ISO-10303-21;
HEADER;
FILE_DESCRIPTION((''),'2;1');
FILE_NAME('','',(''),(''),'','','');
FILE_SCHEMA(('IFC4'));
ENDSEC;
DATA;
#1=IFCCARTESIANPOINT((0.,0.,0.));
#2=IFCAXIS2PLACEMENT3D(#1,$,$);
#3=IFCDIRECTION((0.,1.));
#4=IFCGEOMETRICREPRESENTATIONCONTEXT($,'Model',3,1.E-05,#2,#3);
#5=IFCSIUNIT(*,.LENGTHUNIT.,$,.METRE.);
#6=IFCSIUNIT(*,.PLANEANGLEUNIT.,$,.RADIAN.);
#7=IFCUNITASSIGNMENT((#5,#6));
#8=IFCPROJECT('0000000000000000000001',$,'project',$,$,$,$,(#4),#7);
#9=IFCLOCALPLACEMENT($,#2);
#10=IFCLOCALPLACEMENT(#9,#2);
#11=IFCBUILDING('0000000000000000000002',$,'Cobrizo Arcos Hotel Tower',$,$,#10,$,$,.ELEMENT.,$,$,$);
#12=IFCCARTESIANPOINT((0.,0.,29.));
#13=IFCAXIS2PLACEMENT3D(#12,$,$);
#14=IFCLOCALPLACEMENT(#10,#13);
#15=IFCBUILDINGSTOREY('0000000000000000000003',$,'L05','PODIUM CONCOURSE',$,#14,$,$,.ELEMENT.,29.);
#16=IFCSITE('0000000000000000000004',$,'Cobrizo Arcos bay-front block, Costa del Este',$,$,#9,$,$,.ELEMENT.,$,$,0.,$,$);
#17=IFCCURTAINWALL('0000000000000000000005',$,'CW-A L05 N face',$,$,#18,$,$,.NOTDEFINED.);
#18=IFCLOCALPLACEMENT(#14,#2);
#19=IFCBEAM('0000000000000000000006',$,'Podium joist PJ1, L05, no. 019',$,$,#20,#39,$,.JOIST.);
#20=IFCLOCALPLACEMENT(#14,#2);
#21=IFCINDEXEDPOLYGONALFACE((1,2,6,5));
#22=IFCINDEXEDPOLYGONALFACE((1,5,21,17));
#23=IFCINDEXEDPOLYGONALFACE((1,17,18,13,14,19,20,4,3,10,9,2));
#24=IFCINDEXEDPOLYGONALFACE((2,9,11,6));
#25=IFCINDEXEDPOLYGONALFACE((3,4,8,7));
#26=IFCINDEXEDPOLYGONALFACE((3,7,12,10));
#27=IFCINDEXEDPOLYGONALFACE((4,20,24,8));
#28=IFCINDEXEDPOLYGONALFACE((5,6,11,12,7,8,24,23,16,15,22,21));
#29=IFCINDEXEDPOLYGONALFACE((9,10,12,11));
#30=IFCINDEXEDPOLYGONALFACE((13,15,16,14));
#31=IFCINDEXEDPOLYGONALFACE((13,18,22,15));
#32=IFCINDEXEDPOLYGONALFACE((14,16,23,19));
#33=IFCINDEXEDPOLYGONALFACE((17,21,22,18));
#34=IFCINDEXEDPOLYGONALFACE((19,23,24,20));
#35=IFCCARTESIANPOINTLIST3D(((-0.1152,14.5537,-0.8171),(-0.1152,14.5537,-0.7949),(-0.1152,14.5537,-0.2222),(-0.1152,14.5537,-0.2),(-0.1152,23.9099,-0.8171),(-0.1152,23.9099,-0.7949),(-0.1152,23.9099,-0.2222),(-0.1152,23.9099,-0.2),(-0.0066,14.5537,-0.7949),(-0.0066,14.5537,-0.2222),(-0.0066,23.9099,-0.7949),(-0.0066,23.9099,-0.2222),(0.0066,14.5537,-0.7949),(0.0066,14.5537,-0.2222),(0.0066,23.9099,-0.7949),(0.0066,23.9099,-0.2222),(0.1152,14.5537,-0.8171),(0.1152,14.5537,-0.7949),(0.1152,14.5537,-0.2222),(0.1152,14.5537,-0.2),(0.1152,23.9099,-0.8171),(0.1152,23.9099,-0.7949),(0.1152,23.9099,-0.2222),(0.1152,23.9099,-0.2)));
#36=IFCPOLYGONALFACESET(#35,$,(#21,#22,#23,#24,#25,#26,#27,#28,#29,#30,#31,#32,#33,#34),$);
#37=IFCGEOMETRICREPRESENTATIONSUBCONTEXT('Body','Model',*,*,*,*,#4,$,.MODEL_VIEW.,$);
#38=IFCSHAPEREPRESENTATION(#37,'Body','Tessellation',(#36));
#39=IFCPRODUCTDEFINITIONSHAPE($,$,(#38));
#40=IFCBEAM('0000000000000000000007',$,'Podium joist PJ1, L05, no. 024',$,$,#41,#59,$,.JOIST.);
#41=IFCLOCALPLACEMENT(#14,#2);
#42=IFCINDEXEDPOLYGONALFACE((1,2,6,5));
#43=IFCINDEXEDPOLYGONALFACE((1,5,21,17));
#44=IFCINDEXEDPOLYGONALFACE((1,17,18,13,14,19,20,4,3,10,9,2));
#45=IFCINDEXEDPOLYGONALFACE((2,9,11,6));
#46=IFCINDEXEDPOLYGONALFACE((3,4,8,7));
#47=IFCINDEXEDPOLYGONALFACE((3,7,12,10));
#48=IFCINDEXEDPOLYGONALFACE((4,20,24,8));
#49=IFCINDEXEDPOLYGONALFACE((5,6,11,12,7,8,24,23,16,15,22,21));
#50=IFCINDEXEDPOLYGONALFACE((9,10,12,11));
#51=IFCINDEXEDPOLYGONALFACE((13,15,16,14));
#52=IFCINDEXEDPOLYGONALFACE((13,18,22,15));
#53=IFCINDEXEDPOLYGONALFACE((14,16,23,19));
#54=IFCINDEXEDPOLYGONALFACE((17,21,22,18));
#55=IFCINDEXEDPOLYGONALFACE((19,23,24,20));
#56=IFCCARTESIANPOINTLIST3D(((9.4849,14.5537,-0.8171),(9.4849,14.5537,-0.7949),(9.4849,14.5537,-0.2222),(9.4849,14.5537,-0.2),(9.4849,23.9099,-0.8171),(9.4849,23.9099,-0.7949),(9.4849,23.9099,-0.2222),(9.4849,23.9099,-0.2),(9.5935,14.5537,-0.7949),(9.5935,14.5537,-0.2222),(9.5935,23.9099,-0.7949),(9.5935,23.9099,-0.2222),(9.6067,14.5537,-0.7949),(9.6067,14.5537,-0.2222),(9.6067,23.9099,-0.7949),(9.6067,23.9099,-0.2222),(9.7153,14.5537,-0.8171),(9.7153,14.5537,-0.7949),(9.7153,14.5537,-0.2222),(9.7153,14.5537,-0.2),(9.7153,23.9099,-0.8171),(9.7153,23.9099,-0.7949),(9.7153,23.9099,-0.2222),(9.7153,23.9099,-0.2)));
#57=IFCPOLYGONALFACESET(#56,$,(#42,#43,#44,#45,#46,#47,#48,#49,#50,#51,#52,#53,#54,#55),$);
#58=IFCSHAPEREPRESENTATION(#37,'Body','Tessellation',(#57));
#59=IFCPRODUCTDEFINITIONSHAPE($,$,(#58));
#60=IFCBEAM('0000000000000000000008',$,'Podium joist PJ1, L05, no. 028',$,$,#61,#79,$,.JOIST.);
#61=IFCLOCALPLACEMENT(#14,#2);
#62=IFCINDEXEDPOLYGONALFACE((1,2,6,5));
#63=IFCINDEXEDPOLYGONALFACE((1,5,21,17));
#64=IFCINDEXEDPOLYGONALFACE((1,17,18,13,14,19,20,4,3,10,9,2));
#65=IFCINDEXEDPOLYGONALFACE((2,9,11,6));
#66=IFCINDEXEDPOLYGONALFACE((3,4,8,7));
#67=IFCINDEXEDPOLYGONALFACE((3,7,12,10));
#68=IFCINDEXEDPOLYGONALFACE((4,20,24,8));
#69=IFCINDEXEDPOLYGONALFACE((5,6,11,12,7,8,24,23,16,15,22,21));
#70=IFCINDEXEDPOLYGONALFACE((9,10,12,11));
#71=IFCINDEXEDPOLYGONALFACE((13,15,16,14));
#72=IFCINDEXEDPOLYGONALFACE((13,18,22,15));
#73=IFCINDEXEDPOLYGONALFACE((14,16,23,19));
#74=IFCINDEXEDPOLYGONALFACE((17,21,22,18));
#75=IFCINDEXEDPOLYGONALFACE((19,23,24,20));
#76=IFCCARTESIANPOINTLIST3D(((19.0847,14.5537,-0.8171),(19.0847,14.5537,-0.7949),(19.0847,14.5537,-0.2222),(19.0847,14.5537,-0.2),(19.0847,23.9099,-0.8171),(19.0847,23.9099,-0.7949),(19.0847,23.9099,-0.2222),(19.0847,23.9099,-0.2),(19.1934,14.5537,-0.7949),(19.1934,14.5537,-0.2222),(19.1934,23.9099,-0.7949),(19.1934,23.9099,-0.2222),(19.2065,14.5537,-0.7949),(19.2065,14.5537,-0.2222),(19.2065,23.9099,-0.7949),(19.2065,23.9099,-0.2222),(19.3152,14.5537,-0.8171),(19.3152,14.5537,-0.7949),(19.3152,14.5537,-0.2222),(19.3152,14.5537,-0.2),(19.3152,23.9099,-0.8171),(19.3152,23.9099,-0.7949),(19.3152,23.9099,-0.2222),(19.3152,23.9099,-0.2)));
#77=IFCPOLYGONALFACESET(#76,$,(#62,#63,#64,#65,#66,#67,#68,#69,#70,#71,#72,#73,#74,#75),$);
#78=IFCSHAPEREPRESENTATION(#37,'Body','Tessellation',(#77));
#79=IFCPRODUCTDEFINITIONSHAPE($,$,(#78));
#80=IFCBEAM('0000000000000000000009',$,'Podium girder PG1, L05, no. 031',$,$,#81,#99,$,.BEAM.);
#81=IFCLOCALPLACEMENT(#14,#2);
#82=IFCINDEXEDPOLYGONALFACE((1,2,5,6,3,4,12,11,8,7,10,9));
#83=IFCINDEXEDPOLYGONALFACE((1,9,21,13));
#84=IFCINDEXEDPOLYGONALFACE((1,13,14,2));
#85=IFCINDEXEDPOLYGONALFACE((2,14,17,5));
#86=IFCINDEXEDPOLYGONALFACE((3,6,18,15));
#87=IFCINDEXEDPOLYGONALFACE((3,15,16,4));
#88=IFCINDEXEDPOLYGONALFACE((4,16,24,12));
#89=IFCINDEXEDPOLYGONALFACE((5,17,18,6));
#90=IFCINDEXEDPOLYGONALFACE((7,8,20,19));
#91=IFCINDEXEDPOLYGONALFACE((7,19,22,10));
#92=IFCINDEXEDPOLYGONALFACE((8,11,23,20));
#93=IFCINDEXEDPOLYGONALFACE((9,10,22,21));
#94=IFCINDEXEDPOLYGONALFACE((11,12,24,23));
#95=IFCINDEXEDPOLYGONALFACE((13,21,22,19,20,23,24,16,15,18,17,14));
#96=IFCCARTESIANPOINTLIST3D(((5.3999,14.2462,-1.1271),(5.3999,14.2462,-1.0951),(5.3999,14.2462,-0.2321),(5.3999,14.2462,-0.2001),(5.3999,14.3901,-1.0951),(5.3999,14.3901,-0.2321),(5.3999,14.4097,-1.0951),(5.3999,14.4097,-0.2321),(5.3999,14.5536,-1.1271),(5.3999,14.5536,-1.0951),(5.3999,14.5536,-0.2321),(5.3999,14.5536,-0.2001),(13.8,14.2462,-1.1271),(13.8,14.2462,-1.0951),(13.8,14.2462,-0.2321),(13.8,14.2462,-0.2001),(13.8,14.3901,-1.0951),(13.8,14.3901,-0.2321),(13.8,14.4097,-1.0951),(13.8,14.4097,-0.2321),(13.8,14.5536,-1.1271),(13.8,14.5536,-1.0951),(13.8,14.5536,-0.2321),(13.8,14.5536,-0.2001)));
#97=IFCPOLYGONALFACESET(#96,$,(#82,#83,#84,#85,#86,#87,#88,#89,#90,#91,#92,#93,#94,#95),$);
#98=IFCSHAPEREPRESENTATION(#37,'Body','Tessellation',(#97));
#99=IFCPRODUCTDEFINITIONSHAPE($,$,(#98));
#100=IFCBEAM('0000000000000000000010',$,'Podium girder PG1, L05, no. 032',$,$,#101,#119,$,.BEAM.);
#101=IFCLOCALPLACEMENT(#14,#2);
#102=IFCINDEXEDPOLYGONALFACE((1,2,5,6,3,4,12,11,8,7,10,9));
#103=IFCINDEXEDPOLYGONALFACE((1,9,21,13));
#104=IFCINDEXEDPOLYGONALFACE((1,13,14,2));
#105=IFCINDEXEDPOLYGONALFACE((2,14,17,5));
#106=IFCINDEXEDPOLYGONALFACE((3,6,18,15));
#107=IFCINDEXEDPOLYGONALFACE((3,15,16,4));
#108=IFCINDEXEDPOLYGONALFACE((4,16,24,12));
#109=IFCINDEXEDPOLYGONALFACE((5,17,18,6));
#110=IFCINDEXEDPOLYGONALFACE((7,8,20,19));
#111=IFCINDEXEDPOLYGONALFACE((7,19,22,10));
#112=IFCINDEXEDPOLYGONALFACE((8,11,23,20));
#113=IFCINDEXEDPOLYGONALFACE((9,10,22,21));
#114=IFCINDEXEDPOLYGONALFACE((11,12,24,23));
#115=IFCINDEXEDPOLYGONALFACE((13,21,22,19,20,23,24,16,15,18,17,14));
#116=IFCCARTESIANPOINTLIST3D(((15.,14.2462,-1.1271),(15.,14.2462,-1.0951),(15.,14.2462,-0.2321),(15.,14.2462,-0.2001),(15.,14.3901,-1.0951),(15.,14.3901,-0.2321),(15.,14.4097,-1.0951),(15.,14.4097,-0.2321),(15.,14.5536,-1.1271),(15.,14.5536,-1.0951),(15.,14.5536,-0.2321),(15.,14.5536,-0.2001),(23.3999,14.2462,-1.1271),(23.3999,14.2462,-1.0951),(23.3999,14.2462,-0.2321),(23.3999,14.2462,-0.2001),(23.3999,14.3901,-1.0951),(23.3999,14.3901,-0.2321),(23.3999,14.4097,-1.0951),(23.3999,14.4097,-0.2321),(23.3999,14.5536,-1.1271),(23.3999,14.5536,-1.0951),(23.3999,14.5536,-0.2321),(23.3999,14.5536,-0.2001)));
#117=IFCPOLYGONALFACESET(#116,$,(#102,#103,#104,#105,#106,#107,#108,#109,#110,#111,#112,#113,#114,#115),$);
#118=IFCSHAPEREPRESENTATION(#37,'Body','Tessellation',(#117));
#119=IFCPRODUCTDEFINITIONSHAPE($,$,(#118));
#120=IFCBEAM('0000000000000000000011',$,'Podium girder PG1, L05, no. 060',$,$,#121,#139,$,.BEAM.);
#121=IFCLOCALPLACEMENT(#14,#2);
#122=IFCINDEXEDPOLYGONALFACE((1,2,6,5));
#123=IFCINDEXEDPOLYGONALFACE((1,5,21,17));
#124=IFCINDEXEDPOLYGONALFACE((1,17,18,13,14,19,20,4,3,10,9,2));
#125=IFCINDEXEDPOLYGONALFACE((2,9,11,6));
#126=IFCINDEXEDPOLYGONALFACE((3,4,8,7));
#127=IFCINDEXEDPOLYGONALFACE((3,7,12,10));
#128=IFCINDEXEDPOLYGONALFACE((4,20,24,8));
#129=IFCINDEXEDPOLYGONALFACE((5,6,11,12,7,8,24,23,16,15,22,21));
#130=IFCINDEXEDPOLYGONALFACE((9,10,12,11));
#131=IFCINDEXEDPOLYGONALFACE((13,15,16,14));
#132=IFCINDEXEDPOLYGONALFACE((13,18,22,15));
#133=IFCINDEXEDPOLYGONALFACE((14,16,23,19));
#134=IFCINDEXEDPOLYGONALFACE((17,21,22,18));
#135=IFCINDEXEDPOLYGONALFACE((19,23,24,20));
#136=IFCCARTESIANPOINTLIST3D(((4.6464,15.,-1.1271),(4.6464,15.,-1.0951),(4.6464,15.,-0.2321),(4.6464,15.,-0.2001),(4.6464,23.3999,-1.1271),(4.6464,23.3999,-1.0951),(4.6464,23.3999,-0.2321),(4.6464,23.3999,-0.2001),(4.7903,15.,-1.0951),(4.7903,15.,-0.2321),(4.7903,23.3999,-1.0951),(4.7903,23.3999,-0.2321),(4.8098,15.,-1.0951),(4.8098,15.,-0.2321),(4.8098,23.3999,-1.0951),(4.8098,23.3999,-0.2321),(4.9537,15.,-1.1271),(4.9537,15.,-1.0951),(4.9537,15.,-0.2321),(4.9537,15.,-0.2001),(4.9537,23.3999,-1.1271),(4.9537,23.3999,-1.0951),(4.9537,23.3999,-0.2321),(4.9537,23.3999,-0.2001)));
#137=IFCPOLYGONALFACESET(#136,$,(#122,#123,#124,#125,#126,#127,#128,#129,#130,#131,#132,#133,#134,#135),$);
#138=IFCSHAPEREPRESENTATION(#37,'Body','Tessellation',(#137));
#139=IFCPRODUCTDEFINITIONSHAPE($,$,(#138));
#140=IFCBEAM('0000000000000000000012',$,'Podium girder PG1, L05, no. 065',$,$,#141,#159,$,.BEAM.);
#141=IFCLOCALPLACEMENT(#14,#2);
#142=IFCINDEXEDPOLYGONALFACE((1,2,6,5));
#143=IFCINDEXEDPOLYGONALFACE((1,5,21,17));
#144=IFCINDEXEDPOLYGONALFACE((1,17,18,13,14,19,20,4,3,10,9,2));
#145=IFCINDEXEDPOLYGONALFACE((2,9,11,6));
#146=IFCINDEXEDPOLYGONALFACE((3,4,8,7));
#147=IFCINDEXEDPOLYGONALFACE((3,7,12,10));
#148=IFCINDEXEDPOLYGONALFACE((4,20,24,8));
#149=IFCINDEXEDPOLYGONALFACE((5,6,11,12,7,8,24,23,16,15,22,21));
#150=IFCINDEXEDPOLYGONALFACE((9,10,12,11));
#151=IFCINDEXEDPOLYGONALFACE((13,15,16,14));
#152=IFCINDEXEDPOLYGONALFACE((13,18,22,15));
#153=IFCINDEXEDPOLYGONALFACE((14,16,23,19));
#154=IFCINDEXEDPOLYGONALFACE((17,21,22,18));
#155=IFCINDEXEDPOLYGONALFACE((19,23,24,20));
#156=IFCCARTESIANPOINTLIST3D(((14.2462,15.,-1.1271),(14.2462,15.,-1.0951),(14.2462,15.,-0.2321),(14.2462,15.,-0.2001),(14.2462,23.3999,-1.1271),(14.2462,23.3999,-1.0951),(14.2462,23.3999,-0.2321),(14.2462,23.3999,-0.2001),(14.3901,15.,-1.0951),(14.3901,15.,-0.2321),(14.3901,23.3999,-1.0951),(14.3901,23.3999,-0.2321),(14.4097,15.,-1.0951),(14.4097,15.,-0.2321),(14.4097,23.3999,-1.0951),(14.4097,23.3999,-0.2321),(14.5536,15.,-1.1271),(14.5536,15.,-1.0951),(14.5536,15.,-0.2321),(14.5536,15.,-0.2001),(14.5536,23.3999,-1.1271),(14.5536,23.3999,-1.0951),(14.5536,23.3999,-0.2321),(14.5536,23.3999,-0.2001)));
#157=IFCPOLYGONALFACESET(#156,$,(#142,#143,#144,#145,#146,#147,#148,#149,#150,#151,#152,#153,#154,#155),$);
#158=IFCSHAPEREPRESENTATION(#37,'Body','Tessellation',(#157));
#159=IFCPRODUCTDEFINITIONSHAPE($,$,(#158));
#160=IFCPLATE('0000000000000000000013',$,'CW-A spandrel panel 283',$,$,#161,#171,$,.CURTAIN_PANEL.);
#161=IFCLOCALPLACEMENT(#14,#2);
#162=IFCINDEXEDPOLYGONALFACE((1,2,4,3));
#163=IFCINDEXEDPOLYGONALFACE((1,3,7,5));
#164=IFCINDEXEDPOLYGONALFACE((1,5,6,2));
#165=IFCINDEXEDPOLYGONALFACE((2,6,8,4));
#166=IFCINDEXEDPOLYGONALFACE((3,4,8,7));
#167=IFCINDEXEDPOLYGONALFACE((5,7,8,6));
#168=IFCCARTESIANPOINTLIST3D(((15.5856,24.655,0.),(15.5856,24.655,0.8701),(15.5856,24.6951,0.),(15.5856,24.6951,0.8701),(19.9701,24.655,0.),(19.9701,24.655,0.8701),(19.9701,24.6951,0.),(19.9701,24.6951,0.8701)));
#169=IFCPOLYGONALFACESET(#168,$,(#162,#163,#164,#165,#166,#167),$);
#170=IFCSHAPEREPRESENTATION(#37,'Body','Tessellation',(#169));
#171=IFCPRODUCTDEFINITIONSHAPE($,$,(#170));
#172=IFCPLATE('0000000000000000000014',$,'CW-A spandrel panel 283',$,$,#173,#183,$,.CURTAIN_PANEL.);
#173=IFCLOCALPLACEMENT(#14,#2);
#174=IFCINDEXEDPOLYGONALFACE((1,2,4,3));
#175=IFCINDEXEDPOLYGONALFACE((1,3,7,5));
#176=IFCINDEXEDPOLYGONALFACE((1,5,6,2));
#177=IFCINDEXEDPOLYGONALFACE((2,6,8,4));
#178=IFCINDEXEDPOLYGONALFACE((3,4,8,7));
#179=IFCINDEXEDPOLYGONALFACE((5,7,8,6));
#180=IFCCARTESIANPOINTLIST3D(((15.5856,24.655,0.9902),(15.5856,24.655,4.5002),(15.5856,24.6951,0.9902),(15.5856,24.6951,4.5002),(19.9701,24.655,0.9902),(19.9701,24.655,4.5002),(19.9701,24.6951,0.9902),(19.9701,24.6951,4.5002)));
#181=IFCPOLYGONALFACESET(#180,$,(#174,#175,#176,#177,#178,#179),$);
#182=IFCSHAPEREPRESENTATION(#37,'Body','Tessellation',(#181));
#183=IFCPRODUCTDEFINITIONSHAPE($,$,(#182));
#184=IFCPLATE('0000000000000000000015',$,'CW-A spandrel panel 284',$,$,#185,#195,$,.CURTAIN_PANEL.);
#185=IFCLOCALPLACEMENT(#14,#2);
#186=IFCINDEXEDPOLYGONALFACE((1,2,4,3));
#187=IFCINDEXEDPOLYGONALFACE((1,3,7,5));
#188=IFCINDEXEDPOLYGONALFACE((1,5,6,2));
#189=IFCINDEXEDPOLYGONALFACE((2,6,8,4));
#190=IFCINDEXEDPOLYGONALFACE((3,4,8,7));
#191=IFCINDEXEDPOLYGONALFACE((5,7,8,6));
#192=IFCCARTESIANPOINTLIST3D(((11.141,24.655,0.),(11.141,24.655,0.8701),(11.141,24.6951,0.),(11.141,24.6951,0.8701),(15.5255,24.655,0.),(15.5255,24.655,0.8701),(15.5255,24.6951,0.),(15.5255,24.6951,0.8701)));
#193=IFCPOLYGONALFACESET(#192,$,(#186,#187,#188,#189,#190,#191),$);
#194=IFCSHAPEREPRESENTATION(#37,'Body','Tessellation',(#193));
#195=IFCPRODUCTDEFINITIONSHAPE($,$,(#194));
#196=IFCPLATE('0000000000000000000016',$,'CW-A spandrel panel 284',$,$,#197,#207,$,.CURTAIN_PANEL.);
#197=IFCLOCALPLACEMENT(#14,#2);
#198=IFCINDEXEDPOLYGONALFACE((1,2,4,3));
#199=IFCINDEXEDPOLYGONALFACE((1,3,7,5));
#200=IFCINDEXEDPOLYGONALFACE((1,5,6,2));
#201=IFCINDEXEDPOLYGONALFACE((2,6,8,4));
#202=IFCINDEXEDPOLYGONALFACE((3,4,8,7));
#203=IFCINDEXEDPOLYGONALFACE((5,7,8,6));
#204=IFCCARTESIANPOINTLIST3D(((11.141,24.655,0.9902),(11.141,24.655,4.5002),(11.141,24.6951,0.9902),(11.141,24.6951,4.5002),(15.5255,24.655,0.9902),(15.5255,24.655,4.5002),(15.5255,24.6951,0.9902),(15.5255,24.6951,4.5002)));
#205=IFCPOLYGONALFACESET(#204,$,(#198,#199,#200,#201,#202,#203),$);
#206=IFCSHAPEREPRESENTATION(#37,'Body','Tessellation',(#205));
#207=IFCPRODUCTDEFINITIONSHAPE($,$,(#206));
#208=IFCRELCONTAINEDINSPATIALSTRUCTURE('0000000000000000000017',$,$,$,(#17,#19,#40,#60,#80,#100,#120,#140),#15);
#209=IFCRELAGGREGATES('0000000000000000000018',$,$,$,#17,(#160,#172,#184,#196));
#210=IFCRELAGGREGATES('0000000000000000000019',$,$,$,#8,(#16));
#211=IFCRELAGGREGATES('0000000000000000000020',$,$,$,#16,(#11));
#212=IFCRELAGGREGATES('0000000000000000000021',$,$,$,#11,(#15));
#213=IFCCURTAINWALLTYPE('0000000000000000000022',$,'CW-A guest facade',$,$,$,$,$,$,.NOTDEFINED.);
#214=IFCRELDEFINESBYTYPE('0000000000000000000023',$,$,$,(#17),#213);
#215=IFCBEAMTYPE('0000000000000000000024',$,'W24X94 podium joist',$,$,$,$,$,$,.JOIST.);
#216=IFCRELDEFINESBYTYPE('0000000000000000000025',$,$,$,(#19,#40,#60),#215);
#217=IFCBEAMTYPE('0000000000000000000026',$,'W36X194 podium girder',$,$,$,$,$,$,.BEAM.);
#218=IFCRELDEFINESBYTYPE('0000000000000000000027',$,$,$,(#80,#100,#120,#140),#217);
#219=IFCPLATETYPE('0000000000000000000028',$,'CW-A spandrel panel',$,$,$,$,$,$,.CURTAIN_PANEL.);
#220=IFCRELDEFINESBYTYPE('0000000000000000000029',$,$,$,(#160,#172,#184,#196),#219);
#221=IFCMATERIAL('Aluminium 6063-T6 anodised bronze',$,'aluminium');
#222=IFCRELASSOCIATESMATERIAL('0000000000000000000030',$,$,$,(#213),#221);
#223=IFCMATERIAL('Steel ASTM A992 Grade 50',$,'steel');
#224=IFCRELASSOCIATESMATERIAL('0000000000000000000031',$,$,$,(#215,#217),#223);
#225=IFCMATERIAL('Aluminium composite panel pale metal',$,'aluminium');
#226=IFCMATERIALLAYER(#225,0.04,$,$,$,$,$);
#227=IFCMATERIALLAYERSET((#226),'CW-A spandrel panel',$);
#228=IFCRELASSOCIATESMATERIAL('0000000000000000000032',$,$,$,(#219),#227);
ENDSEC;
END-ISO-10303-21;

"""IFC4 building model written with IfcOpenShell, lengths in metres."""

from ifc_helpers import new_model, si_unit, direction, frame, origin, origin_2d, place, context, subcontext, project, spatial, rectangle, i_section, extrude, material, layer, layer_set, material_profile, profile_set, type_object, element, aggregate, save


model = new_model("IFC4")

# Units and contexts
model_context = context("Model", 3, precision=1e-05, world=origin(), true_north=direction((0.0, 1.0)))
body_context = subcontext(model_context, "Body", "Model", "MODEL_VIEW")
ifc_project = project(units=[si_unit("LENGTHUNIT", "METRE"), si_unit("PLANEANGLEUNIT", "RADIAN")], contexts=[model_context])

# Site, building, storey
site_placement = place(None, origin())
site = spatial("IfcSite", under=ifc_project, at=site_placement, Name="Cobrizo Arcos bay-front block, Costa del Este", CompositionType="ELEMENT", RefElevation=0.0)
building_placement = place(site_placement, origin())
building = spatial("IfcBuilding", under=site, at=building_placement, Name="Cobrizo Arcos Hotel Tower", CompositionType="ELEMENT")
storey_placement = place(building_placement, frame((0.0, 0.0, 29.0)))
storey = spatial("IfcBuildingStorey", under=building, at=storey_placement, Name="L05", Description="PODIUM CONCOURSE", CompositionType="ELEMENT", Elevation=29.0)

# Curtain wall
ifc_material_1 = material(Name="Aluminium 6063-T6 anodised bronze", Category="aluminium")
curtain_wall_type = type_object("IfcCurtainWallType", Name="CW-A guest facade", PredefinedType="NOTDEFINED", material=ifc_material_1)
curtain_wall_placement = place(storey_placement, origin())
curtain_wall = element("IfcCurtainWall", 1, at=curtain_wall_placement, inside=storey, type_object=curtain_wall_type, Name="CW-A L05 N face", PredefinedType="NOTDEFINED")

# Beams
ifc_material_2 = material(Name="Steel ASTM A992 Grade 50", Category="steel")
ifc_material_profile_1 = material_profile(ifc_material_2, i_section(OverallWidth=0.2305, OverallDepth=0.6172, WebThickness=0.0132, FlangeThickness=0.0222, at=origin_2d()), Name="W24X94")
ifc_profile_set_1 = profile_set([ifc_material_profile_1], Name="Steel ASTM A992 Grade 50")
beam_type_1 = type_object("IfcBeamType", Name="W24X94 podium joist", PredefinedType="JOIST", material=ifc_profile_set_1)
for number, where, z_axis, x_axis, name in (
    (2, (0.0, 14.5537, -0.5085), (0.0, 1.0, 0.0), (-1.0, 0.0, 0.0), "Podium joist PJ1, L05, no. 019"),
    (3, (9.6001, 14.5537, -0.5085), (0.0, 1.0, 0.0), (-1.0, 0.0, 0.0), "Podium joist PJ1, L05, no. 024"),
    (4, (19.2, 14.5537, -0.5085), (0.0, 1.0, 0.0), (-1.0, 0.0, 0.0), "Podium joist PJ1, L05, no. 028"),
):
    element("IfcBeam", number, at=place(storey_placement, frame(where, z_axis=z_axis, x_axis=x_axis)), inside=storey, type_object=beam_type_1, Name=name, PredefinedType="JOIST", context=body_context, shape_type="SweptSolid", body=[
        extrude(i_section(OverallWidth=0.2305, OverallDepth=0.6172, WebThickness=0.0132, FlangeThickness=0.0222, at=origin_2d()), origin(), (0.0, 0.0, 1.0), 9.3562),
    ])
ifc_material_profile_2 = material_profile(ifc_material_2, i_section(OverallWidth=0.3074, OverallDepth=0.927, WebThickness=0.0195, FlangeThickness=0.032, at=origin_2d()), Name="W36X194")
ifc_profile_set_2 = profile_set([ifc_material_profile_2], Name="Steel ASTM A992 Grade 50")
beam_type_2 = type_object("IfcBeamType", Name="W36X194 podium girder", PredefinedType="BEAM", material=ifc_profile_set_2)
beam_1_placement = place(storey_placement, frame((5.3999, 14.3999, -0.6636), z_axis=(1.0, 0.0, 0.0), x_axis=(0.0, 1.0, 0.0)))
element("IfcBeam", 5, at=beam_1_placement, inside=storey, type_object=beam_type_2, Name="Podium girder PG1, L05, no. 031", PredefinedType="BEAM", context=body_context, shape_type="SweptSolid", body=[
    extrude(i_section(OverallWidth=0.3074, OverallDepth=0.927, WebThickness=0.0195, FlangeThickness=0.032, at=origin_2d()), origin(), (0.0, 0.0, 1.0), 8.4001),
])
for number, where, z_axis, x_axis, name in (
    (6, (15.0, 14.3999, -0.6636), (1.0, 0.0, 0.0), (0.0, 1.0, 0.0), "Podium girder PG1, L05, no. 032"),
    (7, (4.8, 15.0, -0.6636), (0.0, 1.0, 0.0), (-1.0, 0.0, 0.0), "Podium girder PG1, L05, no. 060"),
    (8, (14.3999, 15.0, -0.6636), (0.0, 1.0, 0.0), (-1.0, 0.0, 0.0), "Podium girder PG1, L05, no. 065"),
):
    element("IfcBeam", number, at=place(storey_placement, frame(where, z_axis=z_axis, x_axis=x_axis)), inside=storey, type_object=beam_type_2, Name=name, PredefinedType="BEAM", context=body_context, shape_type="SweptSolid", body=[
        extrude(i_section(OverallWidth=0.3074, OverallDepth=0.927, WebThickness=0.0195, FlangeThickness=0.032, at=origin_2d()), origin(), (0.0, 0.0, 1.0), 8.3999),
    ])

# Plates
ifc_material_3 = material(Name="Aluminium composite panel pale metal", Category="aluminium")
ifc_layer_1 = layer(ifc_material_3, 0.04)
ifc_layer_set_1 = layer_set([ifc_layer_1], Name="CW-A spandrel panel")
plate_type = type_object("IfcPlateType", Name="CW-A spandrel panel", PredefinedType="CURTAIN_PANEL", material=ifc_layer_set_1)
plate_1_placement = place(storey_placement, frame((17.7778, 24.675, 0.0), z_axis=(0.0, 0.0, 1.0), x_axis=(-1.0, 0.0, 0.0)))
plate_1 = element("IfcPlate", 9, at=plate_1_placement, type_object=plate_type, Name="CW-A spandrel panel 283", PredefinedType="CURTAIN_PANEL", context=body_context, shape_type="SweptSolid", body=[
    extrude(rectangle(XDim=4.3845, YDim=0.04, at=origin_2d()), origin(), (0.0, 0.0, 1.0), 0.8701),
])
plate_2_placement = place(storey_placement, frame((17.7778, 24.675, 0.9902), z_axis=(0.0, 0.0, 1.0), x_axis=(-1.0, 0.0, 0.0)))
plate_2 = element("IfcPlate", 10, at=plate_2_placement, type_object=plate_type, Name="CW-A spandrel panel 283", PredefinedType="CURTAIN_PANEL", context=body_context, shape_type="SweptSolid", body=[
    extrude(rectangle(XDim=4.3845, YDim=0.04, at=origin_2d()), origin(), (0.0, 0.0, 1.0), 3.51),
])
plate_3_placement = place(storey_placement, frame((13.3333, 24.675, 0.0), z_axis=(0.0, 0.0, 1.0), x_axis=(-1.0, 0.0, 0.0)))
plate_3 = element("IfcPlate", 11, at=plate_3_placement, type_object=plate_type, Name="CW-A spandrel panel 284", PredefinedType="CURTAIN_PANEL", context=body_context, shape_type="SweptSolid", body=[
    extrude(rectangle(XDim=4.3845, YDim=0.04, at=origin_2d()), origin(), (0.0, 0.0, 1.0), 0.8701),
])
plate_4_placement = place(storey_placement, frame((13.3333, 24.675, 0.9902), z_axis=(0.0, 0.0, 1.0), x_axis=(-1.0, 0.0, 0.0)))
plate_4 = element("IfcPlate", 12, at=plate_4_placement, type_object=plate_type, Name="CW-A spandrel panel 284", PredefinedType="CURTAIN_PANEL", context=body_context, shape_type="SweptSolid", body=[
    extrude(rectangle(XDim=4.3845, YDim=0.04, at=origin_2d()), origin(), (0.0, 0.0, 1.0), 3.51),
])
aggregate(curtain_wall, [plate_1, plate_2, plate_3, plate_4])

save(model, "model.ifc")
